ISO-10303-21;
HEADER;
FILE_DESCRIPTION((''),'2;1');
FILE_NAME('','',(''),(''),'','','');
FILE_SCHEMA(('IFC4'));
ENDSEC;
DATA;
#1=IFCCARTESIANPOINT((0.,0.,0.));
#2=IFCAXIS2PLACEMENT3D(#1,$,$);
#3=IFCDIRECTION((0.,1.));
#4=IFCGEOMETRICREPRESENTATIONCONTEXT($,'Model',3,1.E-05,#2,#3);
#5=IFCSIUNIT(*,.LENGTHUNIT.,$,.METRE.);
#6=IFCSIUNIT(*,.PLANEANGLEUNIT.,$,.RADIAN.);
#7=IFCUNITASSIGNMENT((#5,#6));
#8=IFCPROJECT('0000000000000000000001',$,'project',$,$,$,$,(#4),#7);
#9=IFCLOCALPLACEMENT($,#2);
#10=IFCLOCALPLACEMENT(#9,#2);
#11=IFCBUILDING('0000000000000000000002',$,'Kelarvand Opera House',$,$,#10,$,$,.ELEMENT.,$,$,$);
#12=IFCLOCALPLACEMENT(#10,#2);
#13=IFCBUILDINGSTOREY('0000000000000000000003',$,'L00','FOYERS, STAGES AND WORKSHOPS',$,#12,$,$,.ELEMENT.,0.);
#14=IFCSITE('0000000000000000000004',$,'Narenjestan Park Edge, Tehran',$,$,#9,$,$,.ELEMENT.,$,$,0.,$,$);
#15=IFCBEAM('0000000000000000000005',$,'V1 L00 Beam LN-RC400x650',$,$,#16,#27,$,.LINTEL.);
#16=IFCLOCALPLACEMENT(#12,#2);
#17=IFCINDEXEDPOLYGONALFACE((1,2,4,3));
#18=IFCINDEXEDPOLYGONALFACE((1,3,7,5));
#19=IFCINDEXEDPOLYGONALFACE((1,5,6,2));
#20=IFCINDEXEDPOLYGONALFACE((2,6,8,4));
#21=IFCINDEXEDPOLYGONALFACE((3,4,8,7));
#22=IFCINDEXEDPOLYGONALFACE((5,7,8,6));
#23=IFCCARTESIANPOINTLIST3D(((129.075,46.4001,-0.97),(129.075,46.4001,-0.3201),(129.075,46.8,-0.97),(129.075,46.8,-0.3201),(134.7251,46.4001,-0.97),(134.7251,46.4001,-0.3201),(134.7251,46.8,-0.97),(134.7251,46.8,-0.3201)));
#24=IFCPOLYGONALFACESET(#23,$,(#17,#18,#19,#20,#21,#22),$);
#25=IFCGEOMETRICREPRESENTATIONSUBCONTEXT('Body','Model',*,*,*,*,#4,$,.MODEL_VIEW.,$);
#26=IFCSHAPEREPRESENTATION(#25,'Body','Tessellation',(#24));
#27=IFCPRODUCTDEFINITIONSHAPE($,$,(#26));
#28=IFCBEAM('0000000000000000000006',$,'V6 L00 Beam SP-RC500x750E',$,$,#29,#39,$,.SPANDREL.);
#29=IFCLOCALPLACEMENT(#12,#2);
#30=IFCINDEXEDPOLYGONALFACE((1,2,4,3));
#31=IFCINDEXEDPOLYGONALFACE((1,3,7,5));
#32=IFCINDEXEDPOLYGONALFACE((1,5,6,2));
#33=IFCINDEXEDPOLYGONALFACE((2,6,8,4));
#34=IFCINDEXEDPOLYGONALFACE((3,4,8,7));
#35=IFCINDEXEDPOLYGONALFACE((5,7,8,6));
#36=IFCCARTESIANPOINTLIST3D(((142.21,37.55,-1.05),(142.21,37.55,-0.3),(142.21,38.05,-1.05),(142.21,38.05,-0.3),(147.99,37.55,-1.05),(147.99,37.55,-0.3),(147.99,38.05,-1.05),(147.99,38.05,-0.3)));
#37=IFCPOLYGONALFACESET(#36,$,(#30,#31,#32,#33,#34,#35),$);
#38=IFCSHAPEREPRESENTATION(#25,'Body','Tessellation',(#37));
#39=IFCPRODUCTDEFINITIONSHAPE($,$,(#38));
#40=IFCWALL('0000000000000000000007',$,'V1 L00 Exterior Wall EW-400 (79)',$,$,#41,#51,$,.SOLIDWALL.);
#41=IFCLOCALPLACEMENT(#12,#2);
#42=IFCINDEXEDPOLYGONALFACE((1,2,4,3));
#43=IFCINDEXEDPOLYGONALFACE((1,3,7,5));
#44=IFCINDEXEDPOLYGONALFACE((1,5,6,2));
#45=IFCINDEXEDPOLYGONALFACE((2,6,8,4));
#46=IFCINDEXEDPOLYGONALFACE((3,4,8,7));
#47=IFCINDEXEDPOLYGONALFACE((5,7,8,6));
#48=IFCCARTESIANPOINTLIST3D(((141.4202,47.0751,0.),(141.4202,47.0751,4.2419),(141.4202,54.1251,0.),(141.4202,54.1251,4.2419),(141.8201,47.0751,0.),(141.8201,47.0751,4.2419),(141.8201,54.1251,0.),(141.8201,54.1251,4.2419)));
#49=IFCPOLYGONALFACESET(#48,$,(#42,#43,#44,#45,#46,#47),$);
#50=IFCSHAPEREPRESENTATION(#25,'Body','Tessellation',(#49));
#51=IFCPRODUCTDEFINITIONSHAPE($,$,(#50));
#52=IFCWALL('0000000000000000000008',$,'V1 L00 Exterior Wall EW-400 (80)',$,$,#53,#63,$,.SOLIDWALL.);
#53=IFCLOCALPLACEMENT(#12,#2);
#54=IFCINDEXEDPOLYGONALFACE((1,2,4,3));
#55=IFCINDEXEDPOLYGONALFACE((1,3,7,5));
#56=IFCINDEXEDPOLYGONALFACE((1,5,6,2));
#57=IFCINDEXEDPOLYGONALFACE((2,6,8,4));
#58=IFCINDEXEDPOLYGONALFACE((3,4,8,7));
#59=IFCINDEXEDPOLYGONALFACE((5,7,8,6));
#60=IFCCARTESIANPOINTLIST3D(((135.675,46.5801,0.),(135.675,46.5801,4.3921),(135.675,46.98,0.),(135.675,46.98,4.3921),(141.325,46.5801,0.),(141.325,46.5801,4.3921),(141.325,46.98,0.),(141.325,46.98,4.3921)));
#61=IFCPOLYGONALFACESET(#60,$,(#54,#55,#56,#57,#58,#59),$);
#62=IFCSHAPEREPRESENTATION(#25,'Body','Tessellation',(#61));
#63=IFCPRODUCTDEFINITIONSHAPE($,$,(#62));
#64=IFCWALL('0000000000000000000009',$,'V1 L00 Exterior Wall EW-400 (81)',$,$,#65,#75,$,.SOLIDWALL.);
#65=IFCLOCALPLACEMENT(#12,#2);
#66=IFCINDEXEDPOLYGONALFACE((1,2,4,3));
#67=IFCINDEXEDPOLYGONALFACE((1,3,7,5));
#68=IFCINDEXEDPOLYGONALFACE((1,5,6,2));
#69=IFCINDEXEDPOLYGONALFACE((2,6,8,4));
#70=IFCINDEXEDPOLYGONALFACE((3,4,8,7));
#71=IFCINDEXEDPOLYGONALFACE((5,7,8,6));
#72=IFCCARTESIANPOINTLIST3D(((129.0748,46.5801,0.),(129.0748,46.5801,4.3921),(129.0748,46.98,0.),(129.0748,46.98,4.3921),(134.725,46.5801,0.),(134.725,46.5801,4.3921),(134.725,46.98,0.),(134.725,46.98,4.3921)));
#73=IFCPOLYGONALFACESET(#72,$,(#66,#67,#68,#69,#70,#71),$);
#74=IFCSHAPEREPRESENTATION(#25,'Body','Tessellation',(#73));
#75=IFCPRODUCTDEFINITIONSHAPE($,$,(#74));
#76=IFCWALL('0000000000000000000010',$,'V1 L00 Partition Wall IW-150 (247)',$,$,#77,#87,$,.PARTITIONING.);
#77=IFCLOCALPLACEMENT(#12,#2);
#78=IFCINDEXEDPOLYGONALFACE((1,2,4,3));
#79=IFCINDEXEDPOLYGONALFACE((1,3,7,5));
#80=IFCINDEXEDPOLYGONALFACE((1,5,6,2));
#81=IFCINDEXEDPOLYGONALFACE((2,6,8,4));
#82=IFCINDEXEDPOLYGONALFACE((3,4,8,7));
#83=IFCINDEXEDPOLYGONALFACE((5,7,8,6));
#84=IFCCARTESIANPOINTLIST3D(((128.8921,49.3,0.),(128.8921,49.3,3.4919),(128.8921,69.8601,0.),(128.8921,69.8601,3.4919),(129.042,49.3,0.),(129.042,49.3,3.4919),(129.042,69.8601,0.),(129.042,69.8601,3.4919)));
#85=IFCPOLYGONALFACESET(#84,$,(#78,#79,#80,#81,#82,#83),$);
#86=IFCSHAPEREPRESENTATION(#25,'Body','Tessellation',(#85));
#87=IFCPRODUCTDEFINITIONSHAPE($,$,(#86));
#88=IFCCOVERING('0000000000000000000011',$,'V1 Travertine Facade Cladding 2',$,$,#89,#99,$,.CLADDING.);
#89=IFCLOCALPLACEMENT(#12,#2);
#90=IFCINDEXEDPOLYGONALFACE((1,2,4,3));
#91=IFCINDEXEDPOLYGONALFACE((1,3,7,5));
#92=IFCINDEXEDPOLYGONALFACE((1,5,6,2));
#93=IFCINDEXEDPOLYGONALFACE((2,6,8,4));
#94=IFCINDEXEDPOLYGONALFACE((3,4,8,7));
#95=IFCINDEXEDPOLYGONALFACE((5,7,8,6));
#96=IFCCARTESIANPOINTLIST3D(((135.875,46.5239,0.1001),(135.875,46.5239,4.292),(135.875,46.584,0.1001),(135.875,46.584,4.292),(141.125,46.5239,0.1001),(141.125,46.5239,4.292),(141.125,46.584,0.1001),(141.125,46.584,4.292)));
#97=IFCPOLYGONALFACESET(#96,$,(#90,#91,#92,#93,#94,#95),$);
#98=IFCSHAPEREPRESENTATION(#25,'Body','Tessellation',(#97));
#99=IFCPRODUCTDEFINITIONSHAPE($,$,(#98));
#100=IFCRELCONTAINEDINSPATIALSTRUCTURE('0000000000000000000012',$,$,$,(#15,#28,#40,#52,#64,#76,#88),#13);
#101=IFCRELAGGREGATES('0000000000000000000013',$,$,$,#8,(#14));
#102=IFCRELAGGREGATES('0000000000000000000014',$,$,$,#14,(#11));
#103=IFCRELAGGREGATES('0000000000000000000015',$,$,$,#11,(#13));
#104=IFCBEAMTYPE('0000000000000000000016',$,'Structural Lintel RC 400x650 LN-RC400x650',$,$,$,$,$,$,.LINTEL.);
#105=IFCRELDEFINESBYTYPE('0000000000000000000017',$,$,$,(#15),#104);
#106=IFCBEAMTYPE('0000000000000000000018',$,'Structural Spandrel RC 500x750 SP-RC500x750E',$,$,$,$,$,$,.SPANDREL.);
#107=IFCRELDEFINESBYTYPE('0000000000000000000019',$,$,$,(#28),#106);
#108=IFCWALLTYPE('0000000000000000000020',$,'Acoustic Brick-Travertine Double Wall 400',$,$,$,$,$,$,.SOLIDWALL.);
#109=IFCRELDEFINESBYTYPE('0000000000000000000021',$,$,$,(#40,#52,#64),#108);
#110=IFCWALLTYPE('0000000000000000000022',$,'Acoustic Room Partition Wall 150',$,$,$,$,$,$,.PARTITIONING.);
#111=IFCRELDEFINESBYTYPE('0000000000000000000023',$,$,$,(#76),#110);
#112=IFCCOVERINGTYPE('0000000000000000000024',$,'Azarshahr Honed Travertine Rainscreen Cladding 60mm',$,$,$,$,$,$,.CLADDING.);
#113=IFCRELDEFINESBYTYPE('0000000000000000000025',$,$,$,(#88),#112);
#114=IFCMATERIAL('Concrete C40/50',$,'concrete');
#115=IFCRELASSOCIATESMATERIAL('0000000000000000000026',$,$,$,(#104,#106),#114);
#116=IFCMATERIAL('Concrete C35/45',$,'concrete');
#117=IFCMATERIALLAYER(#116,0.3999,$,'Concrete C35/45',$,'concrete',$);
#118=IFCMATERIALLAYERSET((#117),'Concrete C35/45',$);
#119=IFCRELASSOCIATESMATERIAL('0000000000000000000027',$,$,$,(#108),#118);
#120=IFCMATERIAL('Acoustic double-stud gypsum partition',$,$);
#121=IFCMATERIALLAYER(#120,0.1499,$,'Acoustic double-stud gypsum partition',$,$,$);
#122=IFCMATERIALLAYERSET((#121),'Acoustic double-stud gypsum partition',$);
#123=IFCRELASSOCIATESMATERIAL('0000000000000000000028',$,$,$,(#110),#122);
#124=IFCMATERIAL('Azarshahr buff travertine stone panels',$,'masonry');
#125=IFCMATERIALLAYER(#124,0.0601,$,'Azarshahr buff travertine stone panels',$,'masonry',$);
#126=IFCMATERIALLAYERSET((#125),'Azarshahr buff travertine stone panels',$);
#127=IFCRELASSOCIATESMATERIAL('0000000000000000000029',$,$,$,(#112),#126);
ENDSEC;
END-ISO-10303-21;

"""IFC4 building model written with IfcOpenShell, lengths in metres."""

from ifc_helpers import new_model, si_unit, direction, frame, frame_2d, origin, origin_2d, place, context, subcontext, project, spatial, rectangle, extrude, material, layer, layer_set, material_profile, profile_set, type_object, element, save


model = new_model("IFC4")

# Units and contexts
model_context = context("Model", 3, precision=1e-05, world=origin(), true_north=direction((0.0, 1.0)))
body_context = subcontext(model_context, "Body", "Model", "MODEL_VIEW")
ifc_project = project(units=[si_unit("LENGTHUNIT", "METRE"), si_unit("PLANEANGLEUNIT", "RADIAN")], contexts=[model_context])

# Site, building, storey
site_placement = place(None, origin())
site = spatial("IfcSite", under=ifc_project, at=site_placement, Name="Narenjestan Park Edge, Tehran", CompositionType="ELEMENT", RefElevation=0.0)
building_placement = place(site_placement, origin())
building = spatial("IfcBuilding", under=site, at=building_placement, Name="Kelarvand Opera House", CompositionType="ELEMENT")
storey_placement = place(building_placement, origin())
storey = spatial("IfcBuildingStorey", under=building, at=storey_placement, Name="L00", Description="FOYERS, STAGES AND WORKSHOPS", CompositionType="ELEMENT", Elevation=0.0)

# Shared definitions
ifc_material_1 = material(Name="Concrete C40/50", Category="concrete")

# Beams
ifc_material_2 = material(Name="Concrete C35/45", Category="concrete")
ifc_material_profile_1 = material_profile(ifc_material_1, rectangle(XDim=0.3999, YDim=0.6499, at=origin_2d()), Name="RC 400x650", Category="concrete")
ifc_profile_set_1 = profile_set([ifc_material_profile_1], Name="Concrete C40/50")
beam_type_1 = type_object("IfcBeamType", Name="Structural Lintel RC 400x650 LN-RC400x650", PredefinedType="LINTEL", material=ifc_profile_set_1)
beam_1_placement = place(storey_placement, frame((129.075, 46.6001, -0.645), z_axis=(1.0, 0.0, 0.0), x_axis=(0.0, 1.0, 0.0)))
element("IfcBeam", 1, at=beam_1_placement, inside=storey, type_object=beam_type_1, Name="V1 L00 Beam LN-RC400x650", PredefinedType="LINTEL", context=body_context, shape_type="SweptSolid", body=[
    extrude(rectangle(XDim=0.3999, YDim=0.6499, at=origin_2d()), origin(), (0.0, 0.0, 1.0), 5.6501),
])
ifc_material_profile_2 = material_profile(ifc_material_1, rectangle(XDim=0.5, YDim=0.75, at=origin_2d()), Name="RC 500x750", Category="concrete")
ifc_profile_set_2 = profile_set([ifc_material_profile_2], Name="Concrete C40/50")
beam_type_2 = type_object("IfcBeamType", Name="Structural Spandrel RC 500x750 SP-RC500x750E", PredefinedType="SPANDREL", material=ifc_profile_set_2)
beam_2_placement = place(storey_placement, frame((142.21, 37.8, -0.675), z_axis=(1.0, 0.0, 0.0), x_axis=(0.0, 1.0, 0.0)))
element("IfcBeam", 2, at=beam_2_placement, inside=storey, type_object=beam_type_2, Name="V6 L00 Beam SP-RC500x750E", PredefinedType="SPANDREL", context=body_context, shape_type="SweptSolid", body=[
    extrude(rectangle(XDim=0.5, YDim=0.75, at=origin_2d()), origin(), (0.0, 0.0, 1.0), 5.78),
])

# Walls
ifc_layer_1 = layer(ifc_material_2, 0.3999, Name="Concrete C35/45", Category="concrete")
ifc_layer_set_1 = layer_set([ifc_layer_1], Name="Concrete C35/45")
wall_type_1 = type_object("IfcWallType", Name="Acoustic Brick-Travertine Double Wall 400", PredefinedType="SOLIDWALL", material=ifc_layer_set_1)
wall_1_placement = place(storey_placement, frame((141.6201, 54.125, 0.0), z_axis=(0.0, 0.0, 1.0), x_axis=(0.0, -1.0, 0.0)))
element("IfcWall", 3, at=wall_1_placement, inside=storey, type_object=wall_type_1, Name="V1 L00 Exterior Wall EW-400 (79)", PredefinedType="SOLIDWALL", context=body_context, shape_type="SweptSolid", body=[
    extrude(rectangle(XDim=7.05, YDim=0.3999, at=frame_2d((3.5249, 0.0))), origin(), (0.0, 0.0, 1.0), 4.2419),
])
wall_2_placement = place(storey_placement, frame((141.325, 46.78, 0.0), z_axis=(0.0, 0.0, 1.0), x_axis=(-1.0, 0.0, 0.0)))
element("IfcWall", 4, at=wall_2_placement, inside=storey, type_object=wall_type_1, Name="V1 L00 Exterior Wall EW-400 (80)", PredefinedType="SOLIDWALL", context=body_context, shape_type="SweptSolid", body=[
    extrude(rectangle(XDim=5.6499, YDim=0.3999, at=frame_2d((2.825, 0.0))), origin(), (0.0, 0.0, 1.0), 4.3921),
])
wall_3_placement = place(storey_placement, frame((134.7251, 46.78, 0.0), z_axis=(0.0, 0.0, 1.0), x_axis=(-1.0, 0.0, 0.0)))
element("IfcWall", 5, at=wall_3_placement, inside=storey, type_object=wall_type_1, Name="V1 L00 Exterior Wall EW-400 (81)", PredefinedType="SOLIDWALL", context=body_context, shape_type="SweptSolid", body=[
    extrude(rectangle(XDim=5.6501, YDim=0.3999, at=frame_2d((2.8252, 0.0))), origin(), (0.0, 0.0, 1.0), 4.3921),
])

# Wall
ifc_material_3 = material(Name="Acoustic double-stud gypsum partition")
ifc_layer_2 = layer(ifc_material_3, 0.1499, Name="Acoustic double-stud gypsum partition")
ifc_layer_set_2 = layer_set([ifc_layer_2], Name="Acoustic double-stud gypsum partition")
wall_type_2 = type_object("IfcWallType", Name="Acoustic Room Partition Wall 150", PredefinedType="PARTITIONING", material=ifc_layer_set_2)
wall_4_placement = place(storey_placement, frame((128.967, 49.3, 0.0), z_axis=(0.0, 0.0, 1.0), x_axis=(0.0, 1.0, 0.0)))
element("IfcWall", 6, at=wall_4_placement, inside=storey, type_object=wall_type_2, Name="V1 L00 Partition Wall IW-150 (247)", PredefinedType="PARTITIONING", context=body_context, shape_type="SweptSolid", body=[
    extrude(rectangle(XDim=20.5601, YDim=0.1499, at=frame_2d((10.28, 0.0))), origin(), (0.0, 0.0, 1.0), 3.4919),
])

# Covering
ifc_material_4 = material(Name="Azarshahr buff travertine stone panels", Category="masonry")
ifc_layer_3 = layer(ifc_material_4, 0.0601, Name="Azarshahr buff travertine stone panels", Category="masonry")
ifc_layer_set_3 = layer_set([ifc_layer_3], Name="Azarshahr buff travertine stone panels")
covering_type = type_object("IfcCoveringType", Name="Azarshahr Honed Travertine Rainscreen Cladding 60mm", PredefinedType="CLADDING", material=ifc_layer_set_3)
covering_placement = place(storey_placement, frame((138.5, 46.554, 0.1001), z_axis=(0.0, 0.0, 1.0), x_axis=(-1.0, 0.0, 0.0)))
element("IfcCovering", 7, at=covering_placement, inside=storey, type_object=covering_type, Name="V1 Travertine Facade Cladding 2", PredefinedType="CLADDING", context=body_context, shape_type="SweptSolid", body=[
    extrude(rectangle(XDim=5.25, YDim=0.0601, at=origin_2d()), origin(), (0.0, 0.0, 1.0), 4.1919),
])

save(model, "model.ifc")
